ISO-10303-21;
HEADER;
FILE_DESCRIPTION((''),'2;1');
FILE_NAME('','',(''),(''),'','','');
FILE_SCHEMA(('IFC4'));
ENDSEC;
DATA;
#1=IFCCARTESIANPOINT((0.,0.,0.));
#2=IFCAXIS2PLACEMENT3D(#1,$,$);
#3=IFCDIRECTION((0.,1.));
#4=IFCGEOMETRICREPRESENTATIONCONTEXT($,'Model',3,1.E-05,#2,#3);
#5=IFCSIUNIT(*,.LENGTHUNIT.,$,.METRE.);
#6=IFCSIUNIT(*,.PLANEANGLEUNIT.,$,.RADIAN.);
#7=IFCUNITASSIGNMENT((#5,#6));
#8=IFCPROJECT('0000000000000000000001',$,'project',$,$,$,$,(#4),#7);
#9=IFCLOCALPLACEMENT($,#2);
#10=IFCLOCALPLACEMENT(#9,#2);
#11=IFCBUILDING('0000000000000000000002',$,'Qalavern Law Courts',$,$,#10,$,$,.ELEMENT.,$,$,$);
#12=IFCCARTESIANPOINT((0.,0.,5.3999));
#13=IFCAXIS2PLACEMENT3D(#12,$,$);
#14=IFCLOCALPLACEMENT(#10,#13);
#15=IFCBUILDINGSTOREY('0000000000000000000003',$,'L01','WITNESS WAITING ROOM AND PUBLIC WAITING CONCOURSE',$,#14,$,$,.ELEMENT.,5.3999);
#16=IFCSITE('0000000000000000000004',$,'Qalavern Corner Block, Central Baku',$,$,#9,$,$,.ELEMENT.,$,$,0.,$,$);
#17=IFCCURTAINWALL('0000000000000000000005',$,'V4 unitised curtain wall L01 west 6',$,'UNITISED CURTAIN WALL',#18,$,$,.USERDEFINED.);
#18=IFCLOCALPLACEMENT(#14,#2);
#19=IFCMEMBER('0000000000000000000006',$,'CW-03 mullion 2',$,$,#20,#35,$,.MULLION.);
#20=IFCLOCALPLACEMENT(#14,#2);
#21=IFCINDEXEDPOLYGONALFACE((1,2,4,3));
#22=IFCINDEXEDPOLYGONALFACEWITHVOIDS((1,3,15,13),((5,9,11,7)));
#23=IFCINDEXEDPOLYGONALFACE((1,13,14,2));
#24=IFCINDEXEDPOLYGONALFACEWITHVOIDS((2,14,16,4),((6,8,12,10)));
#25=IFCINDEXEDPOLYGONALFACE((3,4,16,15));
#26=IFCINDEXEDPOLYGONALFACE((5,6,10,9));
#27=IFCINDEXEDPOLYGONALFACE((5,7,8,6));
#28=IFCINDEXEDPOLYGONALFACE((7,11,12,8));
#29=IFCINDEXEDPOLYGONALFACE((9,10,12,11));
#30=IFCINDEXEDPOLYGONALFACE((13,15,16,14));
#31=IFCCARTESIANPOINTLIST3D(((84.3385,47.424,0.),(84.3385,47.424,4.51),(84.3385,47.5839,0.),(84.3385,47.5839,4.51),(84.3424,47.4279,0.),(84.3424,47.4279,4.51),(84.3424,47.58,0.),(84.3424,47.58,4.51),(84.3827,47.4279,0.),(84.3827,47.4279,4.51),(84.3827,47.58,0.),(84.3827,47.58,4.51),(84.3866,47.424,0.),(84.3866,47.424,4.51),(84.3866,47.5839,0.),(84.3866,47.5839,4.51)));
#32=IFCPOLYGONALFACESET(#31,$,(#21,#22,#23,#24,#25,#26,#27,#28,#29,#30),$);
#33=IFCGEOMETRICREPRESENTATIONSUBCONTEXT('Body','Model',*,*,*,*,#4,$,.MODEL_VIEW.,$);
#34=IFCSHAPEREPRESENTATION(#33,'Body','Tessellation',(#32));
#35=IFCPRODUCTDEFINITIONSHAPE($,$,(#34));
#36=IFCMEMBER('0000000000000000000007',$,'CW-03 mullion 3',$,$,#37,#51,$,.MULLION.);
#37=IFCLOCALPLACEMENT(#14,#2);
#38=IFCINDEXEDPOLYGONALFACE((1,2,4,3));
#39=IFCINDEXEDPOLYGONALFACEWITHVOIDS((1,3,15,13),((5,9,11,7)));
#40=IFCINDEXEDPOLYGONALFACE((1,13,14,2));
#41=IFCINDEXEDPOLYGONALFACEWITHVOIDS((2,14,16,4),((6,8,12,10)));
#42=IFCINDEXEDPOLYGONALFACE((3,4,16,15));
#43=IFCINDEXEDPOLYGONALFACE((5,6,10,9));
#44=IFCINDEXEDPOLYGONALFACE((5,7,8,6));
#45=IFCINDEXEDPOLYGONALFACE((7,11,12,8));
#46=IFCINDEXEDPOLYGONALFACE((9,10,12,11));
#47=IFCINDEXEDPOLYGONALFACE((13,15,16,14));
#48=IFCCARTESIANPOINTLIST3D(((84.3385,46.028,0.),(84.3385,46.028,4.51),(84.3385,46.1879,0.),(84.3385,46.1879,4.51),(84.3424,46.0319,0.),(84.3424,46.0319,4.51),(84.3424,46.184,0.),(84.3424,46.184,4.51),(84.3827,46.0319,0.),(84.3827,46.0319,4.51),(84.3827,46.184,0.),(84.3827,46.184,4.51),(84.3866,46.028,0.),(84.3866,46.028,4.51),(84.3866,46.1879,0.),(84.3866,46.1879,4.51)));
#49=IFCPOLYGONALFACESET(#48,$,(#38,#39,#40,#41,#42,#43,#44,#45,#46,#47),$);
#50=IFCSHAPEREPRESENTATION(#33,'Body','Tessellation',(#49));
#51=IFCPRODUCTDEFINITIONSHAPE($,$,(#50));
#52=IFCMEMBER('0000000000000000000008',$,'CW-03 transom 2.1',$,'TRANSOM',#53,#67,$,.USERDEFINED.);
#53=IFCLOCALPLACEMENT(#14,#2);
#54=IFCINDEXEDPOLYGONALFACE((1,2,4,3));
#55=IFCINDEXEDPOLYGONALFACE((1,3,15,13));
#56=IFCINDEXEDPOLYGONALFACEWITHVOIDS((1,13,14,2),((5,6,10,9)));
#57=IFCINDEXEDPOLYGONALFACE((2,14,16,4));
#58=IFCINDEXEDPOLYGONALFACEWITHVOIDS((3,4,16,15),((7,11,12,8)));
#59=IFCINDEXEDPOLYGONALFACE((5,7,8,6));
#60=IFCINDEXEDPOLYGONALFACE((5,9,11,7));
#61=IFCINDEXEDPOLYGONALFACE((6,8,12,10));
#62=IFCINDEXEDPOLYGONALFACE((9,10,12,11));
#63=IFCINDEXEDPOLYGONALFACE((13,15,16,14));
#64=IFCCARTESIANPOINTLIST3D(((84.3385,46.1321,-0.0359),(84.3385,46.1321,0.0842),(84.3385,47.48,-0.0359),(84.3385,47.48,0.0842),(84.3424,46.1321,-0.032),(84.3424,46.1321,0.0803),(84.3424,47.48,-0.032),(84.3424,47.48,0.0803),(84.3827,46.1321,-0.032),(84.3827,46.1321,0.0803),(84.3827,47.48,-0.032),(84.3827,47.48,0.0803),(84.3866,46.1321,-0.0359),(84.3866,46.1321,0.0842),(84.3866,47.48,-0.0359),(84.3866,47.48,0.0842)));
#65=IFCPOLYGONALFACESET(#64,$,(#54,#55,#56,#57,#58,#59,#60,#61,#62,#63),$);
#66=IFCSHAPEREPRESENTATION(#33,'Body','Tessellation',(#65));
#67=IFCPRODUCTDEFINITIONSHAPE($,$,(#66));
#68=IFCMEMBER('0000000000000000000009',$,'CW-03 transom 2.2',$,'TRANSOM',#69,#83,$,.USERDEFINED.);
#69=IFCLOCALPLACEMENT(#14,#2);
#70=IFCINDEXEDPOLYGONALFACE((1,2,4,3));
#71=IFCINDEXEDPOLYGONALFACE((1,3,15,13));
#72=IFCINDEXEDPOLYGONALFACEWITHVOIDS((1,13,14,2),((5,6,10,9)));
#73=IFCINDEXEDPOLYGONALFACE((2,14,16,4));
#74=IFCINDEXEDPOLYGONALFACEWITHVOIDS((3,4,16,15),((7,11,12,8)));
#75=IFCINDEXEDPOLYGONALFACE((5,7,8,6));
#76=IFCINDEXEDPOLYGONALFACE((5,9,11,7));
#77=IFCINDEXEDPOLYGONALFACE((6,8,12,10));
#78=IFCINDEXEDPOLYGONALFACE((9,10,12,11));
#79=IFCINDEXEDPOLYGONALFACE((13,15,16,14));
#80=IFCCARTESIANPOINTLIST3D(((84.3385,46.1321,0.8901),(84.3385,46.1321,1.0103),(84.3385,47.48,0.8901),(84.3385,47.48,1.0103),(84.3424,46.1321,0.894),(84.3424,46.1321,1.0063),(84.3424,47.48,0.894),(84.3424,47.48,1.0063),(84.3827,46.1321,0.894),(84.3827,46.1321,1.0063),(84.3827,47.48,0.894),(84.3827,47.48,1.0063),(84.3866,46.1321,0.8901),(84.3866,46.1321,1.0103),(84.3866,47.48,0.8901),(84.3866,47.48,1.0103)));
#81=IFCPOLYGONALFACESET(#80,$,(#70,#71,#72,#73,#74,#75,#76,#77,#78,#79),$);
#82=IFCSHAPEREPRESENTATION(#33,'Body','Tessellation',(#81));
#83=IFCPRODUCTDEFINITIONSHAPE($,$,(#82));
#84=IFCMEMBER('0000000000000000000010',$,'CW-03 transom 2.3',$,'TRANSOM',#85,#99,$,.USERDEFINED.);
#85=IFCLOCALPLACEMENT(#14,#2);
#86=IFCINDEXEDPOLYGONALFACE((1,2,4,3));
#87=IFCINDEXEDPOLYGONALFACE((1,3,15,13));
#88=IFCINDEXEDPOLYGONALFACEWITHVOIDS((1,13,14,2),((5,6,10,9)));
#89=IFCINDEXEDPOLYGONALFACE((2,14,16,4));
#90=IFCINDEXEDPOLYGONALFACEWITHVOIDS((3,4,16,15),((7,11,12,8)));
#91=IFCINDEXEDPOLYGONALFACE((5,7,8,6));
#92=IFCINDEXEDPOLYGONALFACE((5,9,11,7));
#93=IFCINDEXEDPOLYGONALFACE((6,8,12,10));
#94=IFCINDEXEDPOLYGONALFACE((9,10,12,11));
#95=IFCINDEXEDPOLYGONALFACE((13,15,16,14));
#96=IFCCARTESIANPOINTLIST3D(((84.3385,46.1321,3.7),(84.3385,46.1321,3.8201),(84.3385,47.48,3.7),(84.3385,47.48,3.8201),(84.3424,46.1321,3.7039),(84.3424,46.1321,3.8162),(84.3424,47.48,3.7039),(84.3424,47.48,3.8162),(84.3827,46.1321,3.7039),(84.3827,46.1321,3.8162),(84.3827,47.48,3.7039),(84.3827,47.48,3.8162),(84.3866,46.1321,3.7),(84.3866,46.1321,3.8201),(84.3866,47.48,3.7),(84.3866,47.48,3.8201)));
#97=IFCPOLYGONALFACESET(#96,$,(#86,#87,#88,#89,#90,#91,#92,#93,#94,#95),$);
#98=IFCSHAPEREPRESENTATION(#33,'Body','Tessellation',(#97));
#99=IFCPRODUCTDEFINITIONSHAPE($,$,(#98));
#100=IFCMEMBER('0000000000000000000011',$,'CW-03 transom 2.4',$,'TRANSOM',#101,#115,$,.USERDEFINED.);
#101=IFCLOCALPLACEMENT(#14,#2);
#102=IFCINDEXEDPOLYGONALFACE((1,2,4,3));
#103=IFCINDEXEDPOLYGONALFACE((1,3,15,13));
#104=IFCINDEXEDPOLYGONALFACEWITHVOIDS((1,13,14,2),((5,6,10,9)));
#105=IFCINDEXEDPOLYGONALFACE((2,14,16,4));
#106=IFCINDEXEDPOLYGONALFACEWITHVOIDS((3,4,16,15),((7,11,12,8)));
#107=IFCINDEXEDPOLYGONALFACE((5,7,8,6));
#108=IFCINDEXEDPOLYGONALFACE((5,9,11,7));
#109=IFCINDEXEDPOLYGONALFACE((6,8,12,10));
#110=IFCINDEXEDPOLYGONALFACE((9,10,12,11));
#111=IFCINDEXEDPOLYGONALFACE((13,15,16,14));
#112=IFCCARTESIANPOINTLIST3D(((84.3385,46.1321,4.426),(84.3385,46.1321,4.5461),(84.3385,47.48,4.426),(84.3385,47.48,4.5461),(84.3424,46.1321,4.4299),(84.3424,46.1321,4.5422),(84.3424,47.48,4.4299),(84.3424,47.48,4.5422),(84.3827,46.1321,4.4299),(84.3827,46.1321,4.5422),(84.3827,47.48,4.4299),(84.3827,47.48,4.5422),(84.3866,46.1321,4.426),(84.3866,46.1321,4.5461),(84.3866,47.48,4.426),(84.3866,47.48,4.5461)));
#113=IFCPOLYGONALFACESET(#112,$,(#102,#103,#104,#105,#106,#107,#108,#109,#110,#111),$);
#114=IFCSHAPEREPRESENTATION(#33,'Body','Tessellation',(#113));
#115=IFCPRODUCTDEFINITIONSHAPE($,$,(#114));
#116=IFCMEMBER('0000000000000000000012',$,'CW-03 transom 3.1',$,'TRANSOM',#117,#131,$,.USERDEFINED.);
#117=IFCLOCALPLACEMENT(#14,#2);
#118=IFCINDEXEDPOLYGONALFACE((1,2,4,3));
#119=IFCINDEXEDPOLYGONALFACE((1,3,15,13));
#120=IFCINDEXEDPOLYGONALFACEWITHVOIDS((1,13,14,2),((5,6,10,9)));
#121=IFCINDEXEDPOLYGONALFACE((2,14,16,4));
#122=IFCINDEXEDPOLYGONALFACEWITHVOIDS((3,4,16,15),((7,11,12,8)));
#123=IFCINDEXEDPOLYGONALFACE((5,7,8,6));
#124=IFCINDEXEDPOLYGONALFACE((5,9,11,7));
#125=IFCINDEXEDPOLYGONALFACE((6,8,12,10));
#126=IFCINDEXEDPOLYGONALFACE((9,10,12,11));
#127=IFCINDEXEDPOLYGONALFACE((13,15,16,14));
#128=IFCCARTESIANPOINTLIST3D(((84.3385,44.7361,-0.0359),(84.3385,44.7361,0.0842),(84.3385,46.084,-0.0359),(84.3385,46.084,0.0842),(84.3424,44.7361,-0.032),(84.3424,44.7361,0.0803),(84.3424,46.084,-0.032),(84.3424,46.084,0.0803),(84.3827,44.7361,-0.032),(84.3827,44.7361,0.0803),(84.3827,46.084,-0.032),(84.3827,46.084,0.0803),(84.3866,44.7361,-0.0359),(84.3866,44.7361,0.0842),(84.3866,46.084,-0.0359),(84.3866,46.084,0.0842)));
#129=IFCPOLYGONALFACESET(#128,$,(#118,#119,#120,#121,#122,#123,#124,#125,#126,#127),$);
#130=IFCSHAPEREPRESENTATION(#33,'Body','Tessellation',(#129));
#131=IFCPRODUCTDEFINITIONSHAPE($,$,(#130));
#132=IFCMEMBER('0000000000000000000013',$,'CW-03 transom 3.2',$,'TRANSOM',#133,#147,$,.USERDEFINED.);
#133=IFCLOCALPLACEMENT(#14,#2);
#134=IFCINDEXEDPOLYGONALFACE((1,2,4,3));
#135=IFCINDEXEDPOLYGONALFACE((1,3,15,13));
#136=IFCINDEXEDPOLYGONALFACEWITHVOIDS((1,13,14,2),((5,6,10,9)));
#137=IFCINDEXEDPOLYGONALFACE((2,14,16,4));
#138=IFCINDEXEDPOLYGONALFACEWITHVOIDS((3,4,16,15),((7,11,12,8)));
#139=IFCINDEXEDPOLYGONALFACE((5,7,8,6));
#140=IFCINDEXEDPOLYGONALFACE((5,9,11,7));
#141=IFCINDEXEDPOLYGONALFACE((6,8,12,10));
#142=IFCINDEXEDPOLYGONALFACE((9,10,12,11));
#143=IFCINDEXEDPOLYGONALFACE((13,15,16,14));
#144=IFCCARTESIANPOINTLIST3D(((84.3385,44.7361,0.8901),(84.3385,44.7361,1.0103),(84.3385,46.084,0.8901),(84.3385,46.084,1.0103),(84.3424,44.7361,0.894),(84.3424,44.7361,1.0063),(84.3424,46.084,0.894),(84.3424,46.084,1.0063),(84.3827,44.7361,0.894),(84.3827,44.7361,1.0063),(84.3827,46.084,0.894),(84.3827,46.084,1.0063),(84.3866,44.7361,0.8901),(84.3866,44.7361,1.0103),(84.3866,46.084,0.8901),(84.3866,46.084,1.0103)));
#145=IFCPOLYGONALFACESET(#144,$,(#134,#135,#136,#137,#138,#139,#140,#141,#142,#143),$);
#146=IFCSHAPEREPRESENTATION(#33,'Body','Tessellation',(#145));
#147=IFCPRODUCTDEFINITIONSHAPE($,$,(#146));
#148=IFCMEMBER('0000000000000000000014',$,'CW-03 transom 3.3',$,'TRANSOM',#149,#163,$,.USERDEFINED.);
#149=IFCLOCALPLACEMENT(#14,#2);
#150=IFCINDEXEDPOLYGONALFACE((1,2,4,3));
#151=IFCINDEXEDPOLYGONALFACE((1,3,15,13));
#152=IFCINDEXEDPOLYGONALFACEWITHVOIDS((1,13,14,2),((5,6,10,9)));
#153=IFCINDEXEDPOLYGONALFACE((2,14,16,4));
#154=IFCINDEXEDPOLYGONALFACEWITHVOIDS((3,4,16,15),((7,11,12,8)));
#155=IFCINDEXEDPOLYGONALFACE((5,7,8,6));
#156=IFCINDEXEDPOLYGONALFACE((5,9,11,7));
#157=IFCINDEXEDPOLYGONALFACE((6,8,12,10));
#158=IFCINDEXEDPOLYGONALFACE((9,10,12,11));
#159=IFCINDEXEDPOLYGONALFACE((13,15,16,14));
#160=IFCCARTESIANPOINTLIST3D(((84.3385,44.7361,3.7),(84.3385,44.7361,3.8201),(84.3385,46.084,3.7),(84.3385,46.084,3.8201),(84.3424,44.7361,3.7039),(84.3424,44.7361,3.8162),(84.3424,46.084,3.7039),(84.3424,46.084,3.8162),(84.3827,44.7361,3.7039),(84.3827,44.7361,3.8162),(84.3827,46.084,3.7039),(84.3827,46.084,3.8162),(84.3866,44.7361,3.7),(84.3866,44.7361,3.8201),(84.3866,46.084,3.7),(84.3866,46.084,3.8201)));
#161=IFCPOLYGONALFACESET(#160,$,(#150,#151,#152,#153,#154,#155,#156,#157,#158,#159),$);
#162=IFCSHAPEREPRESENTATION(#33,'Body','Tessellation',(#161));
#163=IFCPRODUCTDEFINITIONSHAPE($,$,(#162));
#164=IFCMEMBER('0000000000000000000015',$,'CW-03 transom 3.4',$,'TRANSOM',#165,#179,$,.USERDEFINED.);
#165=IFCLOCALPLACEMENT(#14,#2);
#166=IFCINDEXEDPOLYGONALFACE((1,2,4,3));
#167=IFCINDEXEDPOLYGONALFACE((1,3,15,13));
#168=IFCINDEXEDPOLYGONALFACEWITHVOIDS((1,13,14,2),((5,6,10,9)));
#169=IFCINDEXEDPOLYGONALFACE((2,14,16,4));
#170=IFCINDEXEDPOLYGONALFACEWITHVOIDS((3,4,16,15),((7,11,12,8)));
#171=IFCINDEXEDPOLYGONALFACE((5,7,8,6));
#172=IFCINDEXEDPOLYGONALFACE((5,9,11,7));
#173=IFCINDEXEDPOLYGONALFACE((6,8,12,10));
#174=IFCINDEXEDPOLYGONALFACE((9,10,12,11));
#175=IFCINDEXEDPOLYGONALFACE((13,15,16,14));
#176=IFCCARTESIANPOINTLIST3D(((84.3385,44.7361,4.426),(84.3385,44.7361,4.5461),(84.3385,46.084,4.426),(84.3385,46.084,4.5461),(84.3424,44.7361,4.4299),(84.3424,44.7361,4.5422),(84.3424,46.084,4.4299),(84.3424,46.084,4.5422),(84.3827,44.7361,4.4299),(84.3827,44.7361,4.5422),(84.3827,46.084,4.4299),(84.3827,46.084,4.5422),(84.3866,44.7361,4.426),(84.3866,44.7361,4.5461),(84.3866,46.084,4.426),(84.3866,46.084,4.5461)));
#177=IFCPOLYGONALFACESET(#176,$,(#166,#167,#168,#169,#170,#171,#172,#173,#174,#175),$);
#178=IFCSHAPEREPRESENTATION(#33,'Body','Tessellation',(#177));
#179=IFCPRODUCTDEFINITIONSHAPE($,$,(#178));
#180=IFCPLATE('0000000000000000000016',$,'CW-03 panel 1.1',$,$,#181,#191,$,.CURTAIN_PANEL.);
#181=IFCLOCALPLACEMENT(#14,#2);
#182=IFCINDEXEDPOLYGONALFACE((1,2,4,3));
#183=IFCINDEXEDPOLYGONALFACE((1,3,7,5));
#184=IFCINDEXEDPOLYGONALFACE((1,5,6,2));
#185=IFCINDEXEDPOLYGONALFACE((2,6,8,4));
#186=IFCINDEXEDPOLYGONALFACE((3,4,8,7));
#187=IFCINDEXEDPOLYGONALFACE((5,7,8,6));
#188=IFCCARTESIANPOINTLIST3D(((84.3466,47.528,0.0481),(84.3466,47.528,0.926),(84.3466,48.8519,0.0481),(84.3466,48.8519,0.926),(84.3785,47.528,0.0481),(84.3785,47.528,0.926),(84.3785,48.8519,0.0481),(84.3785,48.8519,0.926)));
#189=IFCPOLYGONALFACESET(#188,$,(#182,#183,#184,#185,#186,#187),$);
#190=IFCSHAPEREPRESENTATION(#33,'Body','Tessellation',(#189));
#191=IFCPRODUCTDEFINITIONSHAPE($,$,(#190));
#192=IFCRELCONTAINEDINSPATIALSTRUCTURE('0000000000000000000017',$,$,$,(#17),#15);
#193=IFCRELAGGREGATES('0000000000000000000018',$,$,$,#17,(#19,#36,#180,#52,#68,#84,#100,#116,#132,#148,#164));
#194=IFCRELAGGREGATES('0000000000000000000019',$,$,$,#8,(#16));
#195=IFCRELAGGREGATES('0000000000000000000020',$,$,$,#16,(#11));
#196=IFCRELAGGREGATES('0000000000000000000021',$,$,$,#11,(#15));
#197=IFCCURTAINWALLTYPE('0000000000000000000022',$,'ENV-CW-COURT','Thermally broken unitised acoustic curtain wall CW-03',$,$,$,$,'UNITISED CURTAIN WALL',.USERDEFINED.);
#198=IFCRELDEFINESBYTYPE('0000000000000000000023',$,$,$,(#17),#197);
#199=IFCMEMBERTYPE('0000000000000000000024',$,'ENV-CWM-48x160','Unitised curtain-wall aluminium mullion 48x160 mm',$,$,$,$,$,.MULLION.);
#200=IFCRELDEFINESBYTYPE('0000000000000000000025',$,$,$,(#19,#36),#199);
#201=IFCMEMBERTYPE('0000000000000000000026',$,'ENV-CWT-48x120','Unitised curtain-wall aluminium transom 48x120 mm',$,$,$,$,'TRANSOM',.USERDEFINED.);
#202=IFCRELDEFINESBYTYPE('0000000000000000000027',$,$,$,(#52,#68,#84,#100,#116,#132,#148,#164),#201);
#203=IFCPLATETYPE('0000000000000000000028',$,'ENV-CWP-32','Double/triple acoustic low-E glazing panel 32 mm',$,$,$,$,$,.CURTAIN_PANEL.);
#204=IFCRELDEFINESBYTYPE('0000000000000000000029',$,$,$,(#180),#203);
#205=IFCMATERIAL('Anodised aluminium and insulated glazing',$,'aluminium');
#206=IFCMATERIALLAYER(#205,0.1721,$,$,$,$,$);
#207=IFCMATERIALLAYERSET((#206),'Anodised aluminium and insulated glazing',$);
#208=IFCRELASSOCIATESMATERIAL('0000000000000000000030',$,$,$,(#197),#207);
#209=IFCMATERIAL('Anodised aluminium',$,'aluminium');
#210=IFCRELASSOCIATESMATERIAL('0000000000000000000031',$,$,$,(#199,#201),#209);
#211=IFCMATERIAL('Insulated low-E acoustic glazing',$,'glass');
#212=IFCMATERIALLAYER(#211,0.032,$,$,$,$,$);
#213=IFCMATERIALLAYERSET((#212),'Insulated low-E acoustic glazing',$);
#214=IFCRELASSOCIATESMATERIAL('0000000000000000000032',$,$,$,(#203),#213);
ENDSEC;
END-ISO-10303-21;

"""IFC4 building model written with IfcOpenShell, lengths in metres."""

from ifc_helpers import new_model, si_unit, direction, frame, origin, origin_2d, place, context, subcontext, project, spatial, rectangle, hollow_rectangle, extrude, material, layer, layer_set, material_profile, profile_set, type_object, element, aggregate, save


model = new_model("IFC4")

# Units and contexts
model_context = context("Model", 3, precision=1e-05, world=origin(), true_north=direction((0.0, 1.0)))
body_context = subcontext(model_context, "Body", "Model", "MODEL_VIEW")
ifc_project = project(units=[si_unit("LENGTHUNIT", "METRE"), si_unit("PLANEANGLEUNIT", "RADIAN")], contexts=[model_context])

# Site, building, storey
site_placement = place(None, origin())
site = spatial("IfcSite", under=ifc_project, at=site_placement, Name="Qalavern Corner Block, Central Baku", CompositionType="ELEMENT", RefElevation=0.0)
building_placement = place(site_placement, origin())
building = spatial("IfcBuilding", under=site, at=building_placement, Name="Qalavern Law Courts", CompositionType="ELEMENT")
storey_placement = place(building_placement, frame((0.0, 0.0, 5.3999)))
storey = spatial("IfcBuildingStorey", under=building, at=storey_placement, Name="L01", Description="WITNESS WAITING ROOM AND PUBLIC WAITING CONCOURSE", CompositionType="ELEMENT", Elevation=5.3999)

# Curtain wall, members, plate
ifc_material_1 = material(Name="Anodised aluminium and insulated glazing", Category="aluminium")
ifc_layer_1 = layer(ifc_material_1, 0.1721)
ifc_layer_set_1 = layer_set([ifc_layer_1], Name="Anodised aluminium and insulated glazing")
curtain_wall_type = type_object("IfcCurtainWallType", Name="ENV-CW-COURT", Description="Thermally broken unitised acoustic curtain wall CW-03", ElementType="UNITISED CURTAIN WALL", PredefinedType="USERDEFINED", material=ifc_layer_set_1)
curtain_wall_placement = place(storey_placement, origin())
curtain_wall = element("IfcCurtainWall", 1, at=curtain_wall_placement, inside=storey, type_object=curtain_wall_type, Name="V4 unitised curtain wall L01 west 6", ObjectType="UNITISED CURTAIN WALL", PredefinedType="USERDEFINED")
ifc_material_2 = material(Name="Anodised aluminium", Category="aluminium")
ifc_material_profile_1 = material_profile(ifc_material_2, hollow_rectangle(XDim=0.0481, YDim=0.1599, WallThickness=0.0039, at=origin_2d()), Name="ALU MULLION 48x160")
ifc_profile_set_1 = profile_set([ifc_material_profile_1], Name="Anodised aluminium")
member_type_1 = type_object("IfcMemberType", Name="ENV-CWM-48x160", Description="Unitised curtain-wall aluminium mullion 48x160 mm", PredefinedType="MULLION", material=ifc_profile_set_1)
member_1_placement = place(storey_placement, frame((84.3625, 47.5039, 0.0), z_axis=(0.0, 0.0, 1.0), x_axis=(1.0, 0.0, 0.0)))
member_1 = element("IfcMember", 2, at=member_1_placement, type_object=member_type_1, Name="CW-03 mullion 2", PredefinedType="MULLION", context=body_context, shape_type="SweptSolid", body=[
    extrude(hollow_rectangle(XDim=0.0481, YDim=0.1599, WallThickness=0.0039, at=origin_2d()), origin(), (0.0, 0.0, 1.0), 4.51),
])
member_2_placement = place(storey_placement, frame((84.3625, 46.1079, 0.0), z_axis=(0.0, 0.0, 1.0), x_axis=(1.0, 0.0, 0.0)))
member_2 = element("IfcMember", 3, at=member_2_placement, type_object=member_type_1, Name="CW-03 mullion 3", PredefinedType="MULLION", context=body_context, shape_type="SweptSolid", body=[
    extrude(hollow_rectangle(XDim=0.0481, YDim=0.1599, WallThickness=0.0039, at=origin_2d()), origin(), (0.0, 0.0, 1.0), 4.51),
])
ifc_material_profile_2 = material_profile(ifc_material_2, hollow_rectangle(XDim=0.0481, YDim=0.1201, WallThickness=0.0039, at=origin_2d()), Name="ALU TRANSOM 48x120")
ifc_profile_set_2 = profile_set([ifc_material_profile_2], Name="Anodised aluminium")
member_type_2 = type_object("IfcMemberType", Name="ENV-CWT-48x120", Description="Unitised curtain-wall aluminium transom 48x120 mm", ElementType="TRANSOM", PredefinedType="USERDEFINED", material=ifc_profile_set_2)
member_3_placement = place(storey_placement, frame((84.3625, 47.48, 0.0242), z_axis=(0.0, -1.0, 0.0), x_axis=(1.0, 0.0, 0.0)))
member_3 = element("IfcMember", 4, at=member_3_placement, type_object=member_type_2, Name="CW-03 transom 2.1", ObjectType="TRANSOM", PredefinedType="USERDEFINED", context=body_context, shape_type="SweptSolid", body=[
    extrude(hollow_rectangle(XDim=0.0481, YDim=0.1201, WallThickness=0.0039, at=origin_2d()), origin(), (0.0, 0.0, 1.0), 1.3479),
])
member_4_placement = place(storey_placement, frame((84.3625, 47.48, 0.9502), z_axis=(0.0, -1.0, 0.0), x_axis=(1.0, 0.0, 0.0)))
member_4 = element("IfcMember", 5, at=member_4_placement, type_object=member_type_2, Name="CW-03 transom 2.2", ObjectType="TRANSOM", PredefinedType="USERDEFINED", context=body_context, shape_type="SweptSolid", body=[
    extrude(hollow_rectangle(XDim=0.0481, YDim=0.1201, WallThickness=0.0039, at=origin_2d()), origin(), (0.0, 0.0, 1.0), 1.3479),
])
member_5_placement = place(storey_placement, frame((84.3625, 47.48, 3.76), z_axis=(0.0, -1.0, 0.0), x_axis=(1.0, 0.0, 0.0)))
member_5 = element("IfcMember", 6, at=member_5_placement, type_object=member_type_2, Name="CW-03 transom 2.3", ObjectType="TRANSOM", PredefinedType="USERDEFINED", context=body_context, shape_type="SweptSolid", body=[
    extrude(hollow_rectangle(XDim=0.0481, YDim=0.1201, WallThickness=0.0039, at=origin_2d()), origin(), (0.0, 0.0, 1.0), 1.3479),
])
member_6_placement = place(storey_placement, frame((84.3625, 47.48, 4.4861), z_axis=(0.0, -1.0, 0.0), x_axis=(1.0, 0.0, 0.0)))
member_6 = element("IfcMember", 7, at=member_6_placement, type_object=member_type_2, Name="CW-03 transom 2.4", ObjectType="TRANSOM", PredefinedType="USERDEFINED", context=body_context, shape_type="SweptSolid", body=[
    extrude(hollow_rectangle(XDim=0.0481, YDim=0.1201, WallThickness=0.0039, at=origin_2d()), origin(), (0.0, 0.0, 1.0), 1.3479),
])
member_7_placement = place(storey_placement, frame((84.3625, 46.084, 0.0242), z_axis=(0.0, -1.0, 0.0), x_axis=(1.0, 0.0, 0.0)))
member_7 = element("IfcMember", 8, at=member_7_placement, type_object=member_type_2, Name="CW-03 transom 3.1", ObjectType="TRANSOM", PredefinedType="USERDEFINED", context=body_context, shape_type="SweptSolid", body=[
    extrude(hollow_rectangle(XDim=0.0481, YDim=0.1201, WallThickness=0.0039, at=origin_2d()), origin(), (0.0, 0.0, 1.0), 1.3479),
])
member_8_placement = place(storey_placement, frame((84.3625, 46.084, 0.9502), z_axis=(0.0, -1.0, 0.0), x_axis=(1.0, 0.0, 0.0)))
member_8 = element("IfcMember", 9, at=member_8_placement, type_object=member_type_2, Name="CW-03 transom 3.2", ObjectType="TRANSOM", PredefinedType="USERDEFINED", context=body_context, shape_type="SweptSolid", body=[
    extrude(hollow_rectangle(XDim=0.0481, YDim=0.1201, WallThickness=0.0039, at=origin_2d()), origin(), (0.0, 0.0, 1.0), 1.3479),
])
member_9_placement = place(storey_placement, frame((84.3625, 46.084, 3.76), z_axis=(0.0, -1.0, 0.0), x_axis=(1.0, 0.0, 0.0)))
member_9 = element("IfcMember", 10, at=member_9_placement, type_object=member_type_2, Name="CW-03 transom 3.3", ObjectType="TRANSOM", PredefinedType="USERDEFINED", context=body_context, shape_type="SweptSolid", body=[
    extrude(hollow_rectangle(XDim=0.0481, YDim=0.1201, WallThickness=0.0039, at=origin_2d()), origin(), (0.0, 0.0, 1.0), 1.3479),
])
member_10_placement = place(storey_placement, frame((84.3625, 46.084, 4.4861), z_axis=(0.0, -1.0, 0.0), x_axis=(1.0, 0.0, 0.0)))
member_10 = element("IfcMember", 11, at=member_10_placement, type_object=member_type_2, Name="CW-03 transom 3.4", ObjectType="TRANSOM", PredefinedType="USERDEFINED", context=body_context, shape_type="SweptSolid", body=[
    extrude(hollow_rectangle(XDim=0.0481, YDim=0.1201, WallThickness=0.0039, at=origin_2d()), origin(), (0.0, 0.0, 1.0), 1.3479),
])
ifc_material_3 = material(Name="Insulated low-E acoustic glazing", Category="glass")
ifc_layer_2 = layer(ifc_material_3, 0.032)
ifc_layer_set_2 = layer_set([ifc_layer_2], Name="Insulated low-E acoustic glazing")
plate_type = type_object("IfcPlateType", Name="ENV-CWP-32", Description="Double/triple acoustic low-E glazing panel 32 mm", PredefinedType="CURTAIN_PANEL", material=ifc_layer_set_2)
plate_1_placement = place(storey_placement, frame((84.3625, 48.1899, 0.0481), z_axis=(0.0, 0.0, 1.0), x_axis=(0.0, -1.0, 0.0)))
plate_1 = element("IfcPlate", 12, at=plate_1_placement, type_object=plate_type, Name="CW-03 panel 1.1", PredefinedType="CURTAIN_PANEL", context=body_context, shape_type="SweptSolid", body=[
    extrude(rectangle(XDim=1.324, YDim=0.032, at=origin_2d()), origin(), (0.0, 0.0, 1.0), 0.8779),
])
aggregate(curtain_wall, [member_1, member_2, plate_1, member_3, member_4, member_5, member_6, member_7, member_8, member_9, member_10])

save(model, "model.ifc")
